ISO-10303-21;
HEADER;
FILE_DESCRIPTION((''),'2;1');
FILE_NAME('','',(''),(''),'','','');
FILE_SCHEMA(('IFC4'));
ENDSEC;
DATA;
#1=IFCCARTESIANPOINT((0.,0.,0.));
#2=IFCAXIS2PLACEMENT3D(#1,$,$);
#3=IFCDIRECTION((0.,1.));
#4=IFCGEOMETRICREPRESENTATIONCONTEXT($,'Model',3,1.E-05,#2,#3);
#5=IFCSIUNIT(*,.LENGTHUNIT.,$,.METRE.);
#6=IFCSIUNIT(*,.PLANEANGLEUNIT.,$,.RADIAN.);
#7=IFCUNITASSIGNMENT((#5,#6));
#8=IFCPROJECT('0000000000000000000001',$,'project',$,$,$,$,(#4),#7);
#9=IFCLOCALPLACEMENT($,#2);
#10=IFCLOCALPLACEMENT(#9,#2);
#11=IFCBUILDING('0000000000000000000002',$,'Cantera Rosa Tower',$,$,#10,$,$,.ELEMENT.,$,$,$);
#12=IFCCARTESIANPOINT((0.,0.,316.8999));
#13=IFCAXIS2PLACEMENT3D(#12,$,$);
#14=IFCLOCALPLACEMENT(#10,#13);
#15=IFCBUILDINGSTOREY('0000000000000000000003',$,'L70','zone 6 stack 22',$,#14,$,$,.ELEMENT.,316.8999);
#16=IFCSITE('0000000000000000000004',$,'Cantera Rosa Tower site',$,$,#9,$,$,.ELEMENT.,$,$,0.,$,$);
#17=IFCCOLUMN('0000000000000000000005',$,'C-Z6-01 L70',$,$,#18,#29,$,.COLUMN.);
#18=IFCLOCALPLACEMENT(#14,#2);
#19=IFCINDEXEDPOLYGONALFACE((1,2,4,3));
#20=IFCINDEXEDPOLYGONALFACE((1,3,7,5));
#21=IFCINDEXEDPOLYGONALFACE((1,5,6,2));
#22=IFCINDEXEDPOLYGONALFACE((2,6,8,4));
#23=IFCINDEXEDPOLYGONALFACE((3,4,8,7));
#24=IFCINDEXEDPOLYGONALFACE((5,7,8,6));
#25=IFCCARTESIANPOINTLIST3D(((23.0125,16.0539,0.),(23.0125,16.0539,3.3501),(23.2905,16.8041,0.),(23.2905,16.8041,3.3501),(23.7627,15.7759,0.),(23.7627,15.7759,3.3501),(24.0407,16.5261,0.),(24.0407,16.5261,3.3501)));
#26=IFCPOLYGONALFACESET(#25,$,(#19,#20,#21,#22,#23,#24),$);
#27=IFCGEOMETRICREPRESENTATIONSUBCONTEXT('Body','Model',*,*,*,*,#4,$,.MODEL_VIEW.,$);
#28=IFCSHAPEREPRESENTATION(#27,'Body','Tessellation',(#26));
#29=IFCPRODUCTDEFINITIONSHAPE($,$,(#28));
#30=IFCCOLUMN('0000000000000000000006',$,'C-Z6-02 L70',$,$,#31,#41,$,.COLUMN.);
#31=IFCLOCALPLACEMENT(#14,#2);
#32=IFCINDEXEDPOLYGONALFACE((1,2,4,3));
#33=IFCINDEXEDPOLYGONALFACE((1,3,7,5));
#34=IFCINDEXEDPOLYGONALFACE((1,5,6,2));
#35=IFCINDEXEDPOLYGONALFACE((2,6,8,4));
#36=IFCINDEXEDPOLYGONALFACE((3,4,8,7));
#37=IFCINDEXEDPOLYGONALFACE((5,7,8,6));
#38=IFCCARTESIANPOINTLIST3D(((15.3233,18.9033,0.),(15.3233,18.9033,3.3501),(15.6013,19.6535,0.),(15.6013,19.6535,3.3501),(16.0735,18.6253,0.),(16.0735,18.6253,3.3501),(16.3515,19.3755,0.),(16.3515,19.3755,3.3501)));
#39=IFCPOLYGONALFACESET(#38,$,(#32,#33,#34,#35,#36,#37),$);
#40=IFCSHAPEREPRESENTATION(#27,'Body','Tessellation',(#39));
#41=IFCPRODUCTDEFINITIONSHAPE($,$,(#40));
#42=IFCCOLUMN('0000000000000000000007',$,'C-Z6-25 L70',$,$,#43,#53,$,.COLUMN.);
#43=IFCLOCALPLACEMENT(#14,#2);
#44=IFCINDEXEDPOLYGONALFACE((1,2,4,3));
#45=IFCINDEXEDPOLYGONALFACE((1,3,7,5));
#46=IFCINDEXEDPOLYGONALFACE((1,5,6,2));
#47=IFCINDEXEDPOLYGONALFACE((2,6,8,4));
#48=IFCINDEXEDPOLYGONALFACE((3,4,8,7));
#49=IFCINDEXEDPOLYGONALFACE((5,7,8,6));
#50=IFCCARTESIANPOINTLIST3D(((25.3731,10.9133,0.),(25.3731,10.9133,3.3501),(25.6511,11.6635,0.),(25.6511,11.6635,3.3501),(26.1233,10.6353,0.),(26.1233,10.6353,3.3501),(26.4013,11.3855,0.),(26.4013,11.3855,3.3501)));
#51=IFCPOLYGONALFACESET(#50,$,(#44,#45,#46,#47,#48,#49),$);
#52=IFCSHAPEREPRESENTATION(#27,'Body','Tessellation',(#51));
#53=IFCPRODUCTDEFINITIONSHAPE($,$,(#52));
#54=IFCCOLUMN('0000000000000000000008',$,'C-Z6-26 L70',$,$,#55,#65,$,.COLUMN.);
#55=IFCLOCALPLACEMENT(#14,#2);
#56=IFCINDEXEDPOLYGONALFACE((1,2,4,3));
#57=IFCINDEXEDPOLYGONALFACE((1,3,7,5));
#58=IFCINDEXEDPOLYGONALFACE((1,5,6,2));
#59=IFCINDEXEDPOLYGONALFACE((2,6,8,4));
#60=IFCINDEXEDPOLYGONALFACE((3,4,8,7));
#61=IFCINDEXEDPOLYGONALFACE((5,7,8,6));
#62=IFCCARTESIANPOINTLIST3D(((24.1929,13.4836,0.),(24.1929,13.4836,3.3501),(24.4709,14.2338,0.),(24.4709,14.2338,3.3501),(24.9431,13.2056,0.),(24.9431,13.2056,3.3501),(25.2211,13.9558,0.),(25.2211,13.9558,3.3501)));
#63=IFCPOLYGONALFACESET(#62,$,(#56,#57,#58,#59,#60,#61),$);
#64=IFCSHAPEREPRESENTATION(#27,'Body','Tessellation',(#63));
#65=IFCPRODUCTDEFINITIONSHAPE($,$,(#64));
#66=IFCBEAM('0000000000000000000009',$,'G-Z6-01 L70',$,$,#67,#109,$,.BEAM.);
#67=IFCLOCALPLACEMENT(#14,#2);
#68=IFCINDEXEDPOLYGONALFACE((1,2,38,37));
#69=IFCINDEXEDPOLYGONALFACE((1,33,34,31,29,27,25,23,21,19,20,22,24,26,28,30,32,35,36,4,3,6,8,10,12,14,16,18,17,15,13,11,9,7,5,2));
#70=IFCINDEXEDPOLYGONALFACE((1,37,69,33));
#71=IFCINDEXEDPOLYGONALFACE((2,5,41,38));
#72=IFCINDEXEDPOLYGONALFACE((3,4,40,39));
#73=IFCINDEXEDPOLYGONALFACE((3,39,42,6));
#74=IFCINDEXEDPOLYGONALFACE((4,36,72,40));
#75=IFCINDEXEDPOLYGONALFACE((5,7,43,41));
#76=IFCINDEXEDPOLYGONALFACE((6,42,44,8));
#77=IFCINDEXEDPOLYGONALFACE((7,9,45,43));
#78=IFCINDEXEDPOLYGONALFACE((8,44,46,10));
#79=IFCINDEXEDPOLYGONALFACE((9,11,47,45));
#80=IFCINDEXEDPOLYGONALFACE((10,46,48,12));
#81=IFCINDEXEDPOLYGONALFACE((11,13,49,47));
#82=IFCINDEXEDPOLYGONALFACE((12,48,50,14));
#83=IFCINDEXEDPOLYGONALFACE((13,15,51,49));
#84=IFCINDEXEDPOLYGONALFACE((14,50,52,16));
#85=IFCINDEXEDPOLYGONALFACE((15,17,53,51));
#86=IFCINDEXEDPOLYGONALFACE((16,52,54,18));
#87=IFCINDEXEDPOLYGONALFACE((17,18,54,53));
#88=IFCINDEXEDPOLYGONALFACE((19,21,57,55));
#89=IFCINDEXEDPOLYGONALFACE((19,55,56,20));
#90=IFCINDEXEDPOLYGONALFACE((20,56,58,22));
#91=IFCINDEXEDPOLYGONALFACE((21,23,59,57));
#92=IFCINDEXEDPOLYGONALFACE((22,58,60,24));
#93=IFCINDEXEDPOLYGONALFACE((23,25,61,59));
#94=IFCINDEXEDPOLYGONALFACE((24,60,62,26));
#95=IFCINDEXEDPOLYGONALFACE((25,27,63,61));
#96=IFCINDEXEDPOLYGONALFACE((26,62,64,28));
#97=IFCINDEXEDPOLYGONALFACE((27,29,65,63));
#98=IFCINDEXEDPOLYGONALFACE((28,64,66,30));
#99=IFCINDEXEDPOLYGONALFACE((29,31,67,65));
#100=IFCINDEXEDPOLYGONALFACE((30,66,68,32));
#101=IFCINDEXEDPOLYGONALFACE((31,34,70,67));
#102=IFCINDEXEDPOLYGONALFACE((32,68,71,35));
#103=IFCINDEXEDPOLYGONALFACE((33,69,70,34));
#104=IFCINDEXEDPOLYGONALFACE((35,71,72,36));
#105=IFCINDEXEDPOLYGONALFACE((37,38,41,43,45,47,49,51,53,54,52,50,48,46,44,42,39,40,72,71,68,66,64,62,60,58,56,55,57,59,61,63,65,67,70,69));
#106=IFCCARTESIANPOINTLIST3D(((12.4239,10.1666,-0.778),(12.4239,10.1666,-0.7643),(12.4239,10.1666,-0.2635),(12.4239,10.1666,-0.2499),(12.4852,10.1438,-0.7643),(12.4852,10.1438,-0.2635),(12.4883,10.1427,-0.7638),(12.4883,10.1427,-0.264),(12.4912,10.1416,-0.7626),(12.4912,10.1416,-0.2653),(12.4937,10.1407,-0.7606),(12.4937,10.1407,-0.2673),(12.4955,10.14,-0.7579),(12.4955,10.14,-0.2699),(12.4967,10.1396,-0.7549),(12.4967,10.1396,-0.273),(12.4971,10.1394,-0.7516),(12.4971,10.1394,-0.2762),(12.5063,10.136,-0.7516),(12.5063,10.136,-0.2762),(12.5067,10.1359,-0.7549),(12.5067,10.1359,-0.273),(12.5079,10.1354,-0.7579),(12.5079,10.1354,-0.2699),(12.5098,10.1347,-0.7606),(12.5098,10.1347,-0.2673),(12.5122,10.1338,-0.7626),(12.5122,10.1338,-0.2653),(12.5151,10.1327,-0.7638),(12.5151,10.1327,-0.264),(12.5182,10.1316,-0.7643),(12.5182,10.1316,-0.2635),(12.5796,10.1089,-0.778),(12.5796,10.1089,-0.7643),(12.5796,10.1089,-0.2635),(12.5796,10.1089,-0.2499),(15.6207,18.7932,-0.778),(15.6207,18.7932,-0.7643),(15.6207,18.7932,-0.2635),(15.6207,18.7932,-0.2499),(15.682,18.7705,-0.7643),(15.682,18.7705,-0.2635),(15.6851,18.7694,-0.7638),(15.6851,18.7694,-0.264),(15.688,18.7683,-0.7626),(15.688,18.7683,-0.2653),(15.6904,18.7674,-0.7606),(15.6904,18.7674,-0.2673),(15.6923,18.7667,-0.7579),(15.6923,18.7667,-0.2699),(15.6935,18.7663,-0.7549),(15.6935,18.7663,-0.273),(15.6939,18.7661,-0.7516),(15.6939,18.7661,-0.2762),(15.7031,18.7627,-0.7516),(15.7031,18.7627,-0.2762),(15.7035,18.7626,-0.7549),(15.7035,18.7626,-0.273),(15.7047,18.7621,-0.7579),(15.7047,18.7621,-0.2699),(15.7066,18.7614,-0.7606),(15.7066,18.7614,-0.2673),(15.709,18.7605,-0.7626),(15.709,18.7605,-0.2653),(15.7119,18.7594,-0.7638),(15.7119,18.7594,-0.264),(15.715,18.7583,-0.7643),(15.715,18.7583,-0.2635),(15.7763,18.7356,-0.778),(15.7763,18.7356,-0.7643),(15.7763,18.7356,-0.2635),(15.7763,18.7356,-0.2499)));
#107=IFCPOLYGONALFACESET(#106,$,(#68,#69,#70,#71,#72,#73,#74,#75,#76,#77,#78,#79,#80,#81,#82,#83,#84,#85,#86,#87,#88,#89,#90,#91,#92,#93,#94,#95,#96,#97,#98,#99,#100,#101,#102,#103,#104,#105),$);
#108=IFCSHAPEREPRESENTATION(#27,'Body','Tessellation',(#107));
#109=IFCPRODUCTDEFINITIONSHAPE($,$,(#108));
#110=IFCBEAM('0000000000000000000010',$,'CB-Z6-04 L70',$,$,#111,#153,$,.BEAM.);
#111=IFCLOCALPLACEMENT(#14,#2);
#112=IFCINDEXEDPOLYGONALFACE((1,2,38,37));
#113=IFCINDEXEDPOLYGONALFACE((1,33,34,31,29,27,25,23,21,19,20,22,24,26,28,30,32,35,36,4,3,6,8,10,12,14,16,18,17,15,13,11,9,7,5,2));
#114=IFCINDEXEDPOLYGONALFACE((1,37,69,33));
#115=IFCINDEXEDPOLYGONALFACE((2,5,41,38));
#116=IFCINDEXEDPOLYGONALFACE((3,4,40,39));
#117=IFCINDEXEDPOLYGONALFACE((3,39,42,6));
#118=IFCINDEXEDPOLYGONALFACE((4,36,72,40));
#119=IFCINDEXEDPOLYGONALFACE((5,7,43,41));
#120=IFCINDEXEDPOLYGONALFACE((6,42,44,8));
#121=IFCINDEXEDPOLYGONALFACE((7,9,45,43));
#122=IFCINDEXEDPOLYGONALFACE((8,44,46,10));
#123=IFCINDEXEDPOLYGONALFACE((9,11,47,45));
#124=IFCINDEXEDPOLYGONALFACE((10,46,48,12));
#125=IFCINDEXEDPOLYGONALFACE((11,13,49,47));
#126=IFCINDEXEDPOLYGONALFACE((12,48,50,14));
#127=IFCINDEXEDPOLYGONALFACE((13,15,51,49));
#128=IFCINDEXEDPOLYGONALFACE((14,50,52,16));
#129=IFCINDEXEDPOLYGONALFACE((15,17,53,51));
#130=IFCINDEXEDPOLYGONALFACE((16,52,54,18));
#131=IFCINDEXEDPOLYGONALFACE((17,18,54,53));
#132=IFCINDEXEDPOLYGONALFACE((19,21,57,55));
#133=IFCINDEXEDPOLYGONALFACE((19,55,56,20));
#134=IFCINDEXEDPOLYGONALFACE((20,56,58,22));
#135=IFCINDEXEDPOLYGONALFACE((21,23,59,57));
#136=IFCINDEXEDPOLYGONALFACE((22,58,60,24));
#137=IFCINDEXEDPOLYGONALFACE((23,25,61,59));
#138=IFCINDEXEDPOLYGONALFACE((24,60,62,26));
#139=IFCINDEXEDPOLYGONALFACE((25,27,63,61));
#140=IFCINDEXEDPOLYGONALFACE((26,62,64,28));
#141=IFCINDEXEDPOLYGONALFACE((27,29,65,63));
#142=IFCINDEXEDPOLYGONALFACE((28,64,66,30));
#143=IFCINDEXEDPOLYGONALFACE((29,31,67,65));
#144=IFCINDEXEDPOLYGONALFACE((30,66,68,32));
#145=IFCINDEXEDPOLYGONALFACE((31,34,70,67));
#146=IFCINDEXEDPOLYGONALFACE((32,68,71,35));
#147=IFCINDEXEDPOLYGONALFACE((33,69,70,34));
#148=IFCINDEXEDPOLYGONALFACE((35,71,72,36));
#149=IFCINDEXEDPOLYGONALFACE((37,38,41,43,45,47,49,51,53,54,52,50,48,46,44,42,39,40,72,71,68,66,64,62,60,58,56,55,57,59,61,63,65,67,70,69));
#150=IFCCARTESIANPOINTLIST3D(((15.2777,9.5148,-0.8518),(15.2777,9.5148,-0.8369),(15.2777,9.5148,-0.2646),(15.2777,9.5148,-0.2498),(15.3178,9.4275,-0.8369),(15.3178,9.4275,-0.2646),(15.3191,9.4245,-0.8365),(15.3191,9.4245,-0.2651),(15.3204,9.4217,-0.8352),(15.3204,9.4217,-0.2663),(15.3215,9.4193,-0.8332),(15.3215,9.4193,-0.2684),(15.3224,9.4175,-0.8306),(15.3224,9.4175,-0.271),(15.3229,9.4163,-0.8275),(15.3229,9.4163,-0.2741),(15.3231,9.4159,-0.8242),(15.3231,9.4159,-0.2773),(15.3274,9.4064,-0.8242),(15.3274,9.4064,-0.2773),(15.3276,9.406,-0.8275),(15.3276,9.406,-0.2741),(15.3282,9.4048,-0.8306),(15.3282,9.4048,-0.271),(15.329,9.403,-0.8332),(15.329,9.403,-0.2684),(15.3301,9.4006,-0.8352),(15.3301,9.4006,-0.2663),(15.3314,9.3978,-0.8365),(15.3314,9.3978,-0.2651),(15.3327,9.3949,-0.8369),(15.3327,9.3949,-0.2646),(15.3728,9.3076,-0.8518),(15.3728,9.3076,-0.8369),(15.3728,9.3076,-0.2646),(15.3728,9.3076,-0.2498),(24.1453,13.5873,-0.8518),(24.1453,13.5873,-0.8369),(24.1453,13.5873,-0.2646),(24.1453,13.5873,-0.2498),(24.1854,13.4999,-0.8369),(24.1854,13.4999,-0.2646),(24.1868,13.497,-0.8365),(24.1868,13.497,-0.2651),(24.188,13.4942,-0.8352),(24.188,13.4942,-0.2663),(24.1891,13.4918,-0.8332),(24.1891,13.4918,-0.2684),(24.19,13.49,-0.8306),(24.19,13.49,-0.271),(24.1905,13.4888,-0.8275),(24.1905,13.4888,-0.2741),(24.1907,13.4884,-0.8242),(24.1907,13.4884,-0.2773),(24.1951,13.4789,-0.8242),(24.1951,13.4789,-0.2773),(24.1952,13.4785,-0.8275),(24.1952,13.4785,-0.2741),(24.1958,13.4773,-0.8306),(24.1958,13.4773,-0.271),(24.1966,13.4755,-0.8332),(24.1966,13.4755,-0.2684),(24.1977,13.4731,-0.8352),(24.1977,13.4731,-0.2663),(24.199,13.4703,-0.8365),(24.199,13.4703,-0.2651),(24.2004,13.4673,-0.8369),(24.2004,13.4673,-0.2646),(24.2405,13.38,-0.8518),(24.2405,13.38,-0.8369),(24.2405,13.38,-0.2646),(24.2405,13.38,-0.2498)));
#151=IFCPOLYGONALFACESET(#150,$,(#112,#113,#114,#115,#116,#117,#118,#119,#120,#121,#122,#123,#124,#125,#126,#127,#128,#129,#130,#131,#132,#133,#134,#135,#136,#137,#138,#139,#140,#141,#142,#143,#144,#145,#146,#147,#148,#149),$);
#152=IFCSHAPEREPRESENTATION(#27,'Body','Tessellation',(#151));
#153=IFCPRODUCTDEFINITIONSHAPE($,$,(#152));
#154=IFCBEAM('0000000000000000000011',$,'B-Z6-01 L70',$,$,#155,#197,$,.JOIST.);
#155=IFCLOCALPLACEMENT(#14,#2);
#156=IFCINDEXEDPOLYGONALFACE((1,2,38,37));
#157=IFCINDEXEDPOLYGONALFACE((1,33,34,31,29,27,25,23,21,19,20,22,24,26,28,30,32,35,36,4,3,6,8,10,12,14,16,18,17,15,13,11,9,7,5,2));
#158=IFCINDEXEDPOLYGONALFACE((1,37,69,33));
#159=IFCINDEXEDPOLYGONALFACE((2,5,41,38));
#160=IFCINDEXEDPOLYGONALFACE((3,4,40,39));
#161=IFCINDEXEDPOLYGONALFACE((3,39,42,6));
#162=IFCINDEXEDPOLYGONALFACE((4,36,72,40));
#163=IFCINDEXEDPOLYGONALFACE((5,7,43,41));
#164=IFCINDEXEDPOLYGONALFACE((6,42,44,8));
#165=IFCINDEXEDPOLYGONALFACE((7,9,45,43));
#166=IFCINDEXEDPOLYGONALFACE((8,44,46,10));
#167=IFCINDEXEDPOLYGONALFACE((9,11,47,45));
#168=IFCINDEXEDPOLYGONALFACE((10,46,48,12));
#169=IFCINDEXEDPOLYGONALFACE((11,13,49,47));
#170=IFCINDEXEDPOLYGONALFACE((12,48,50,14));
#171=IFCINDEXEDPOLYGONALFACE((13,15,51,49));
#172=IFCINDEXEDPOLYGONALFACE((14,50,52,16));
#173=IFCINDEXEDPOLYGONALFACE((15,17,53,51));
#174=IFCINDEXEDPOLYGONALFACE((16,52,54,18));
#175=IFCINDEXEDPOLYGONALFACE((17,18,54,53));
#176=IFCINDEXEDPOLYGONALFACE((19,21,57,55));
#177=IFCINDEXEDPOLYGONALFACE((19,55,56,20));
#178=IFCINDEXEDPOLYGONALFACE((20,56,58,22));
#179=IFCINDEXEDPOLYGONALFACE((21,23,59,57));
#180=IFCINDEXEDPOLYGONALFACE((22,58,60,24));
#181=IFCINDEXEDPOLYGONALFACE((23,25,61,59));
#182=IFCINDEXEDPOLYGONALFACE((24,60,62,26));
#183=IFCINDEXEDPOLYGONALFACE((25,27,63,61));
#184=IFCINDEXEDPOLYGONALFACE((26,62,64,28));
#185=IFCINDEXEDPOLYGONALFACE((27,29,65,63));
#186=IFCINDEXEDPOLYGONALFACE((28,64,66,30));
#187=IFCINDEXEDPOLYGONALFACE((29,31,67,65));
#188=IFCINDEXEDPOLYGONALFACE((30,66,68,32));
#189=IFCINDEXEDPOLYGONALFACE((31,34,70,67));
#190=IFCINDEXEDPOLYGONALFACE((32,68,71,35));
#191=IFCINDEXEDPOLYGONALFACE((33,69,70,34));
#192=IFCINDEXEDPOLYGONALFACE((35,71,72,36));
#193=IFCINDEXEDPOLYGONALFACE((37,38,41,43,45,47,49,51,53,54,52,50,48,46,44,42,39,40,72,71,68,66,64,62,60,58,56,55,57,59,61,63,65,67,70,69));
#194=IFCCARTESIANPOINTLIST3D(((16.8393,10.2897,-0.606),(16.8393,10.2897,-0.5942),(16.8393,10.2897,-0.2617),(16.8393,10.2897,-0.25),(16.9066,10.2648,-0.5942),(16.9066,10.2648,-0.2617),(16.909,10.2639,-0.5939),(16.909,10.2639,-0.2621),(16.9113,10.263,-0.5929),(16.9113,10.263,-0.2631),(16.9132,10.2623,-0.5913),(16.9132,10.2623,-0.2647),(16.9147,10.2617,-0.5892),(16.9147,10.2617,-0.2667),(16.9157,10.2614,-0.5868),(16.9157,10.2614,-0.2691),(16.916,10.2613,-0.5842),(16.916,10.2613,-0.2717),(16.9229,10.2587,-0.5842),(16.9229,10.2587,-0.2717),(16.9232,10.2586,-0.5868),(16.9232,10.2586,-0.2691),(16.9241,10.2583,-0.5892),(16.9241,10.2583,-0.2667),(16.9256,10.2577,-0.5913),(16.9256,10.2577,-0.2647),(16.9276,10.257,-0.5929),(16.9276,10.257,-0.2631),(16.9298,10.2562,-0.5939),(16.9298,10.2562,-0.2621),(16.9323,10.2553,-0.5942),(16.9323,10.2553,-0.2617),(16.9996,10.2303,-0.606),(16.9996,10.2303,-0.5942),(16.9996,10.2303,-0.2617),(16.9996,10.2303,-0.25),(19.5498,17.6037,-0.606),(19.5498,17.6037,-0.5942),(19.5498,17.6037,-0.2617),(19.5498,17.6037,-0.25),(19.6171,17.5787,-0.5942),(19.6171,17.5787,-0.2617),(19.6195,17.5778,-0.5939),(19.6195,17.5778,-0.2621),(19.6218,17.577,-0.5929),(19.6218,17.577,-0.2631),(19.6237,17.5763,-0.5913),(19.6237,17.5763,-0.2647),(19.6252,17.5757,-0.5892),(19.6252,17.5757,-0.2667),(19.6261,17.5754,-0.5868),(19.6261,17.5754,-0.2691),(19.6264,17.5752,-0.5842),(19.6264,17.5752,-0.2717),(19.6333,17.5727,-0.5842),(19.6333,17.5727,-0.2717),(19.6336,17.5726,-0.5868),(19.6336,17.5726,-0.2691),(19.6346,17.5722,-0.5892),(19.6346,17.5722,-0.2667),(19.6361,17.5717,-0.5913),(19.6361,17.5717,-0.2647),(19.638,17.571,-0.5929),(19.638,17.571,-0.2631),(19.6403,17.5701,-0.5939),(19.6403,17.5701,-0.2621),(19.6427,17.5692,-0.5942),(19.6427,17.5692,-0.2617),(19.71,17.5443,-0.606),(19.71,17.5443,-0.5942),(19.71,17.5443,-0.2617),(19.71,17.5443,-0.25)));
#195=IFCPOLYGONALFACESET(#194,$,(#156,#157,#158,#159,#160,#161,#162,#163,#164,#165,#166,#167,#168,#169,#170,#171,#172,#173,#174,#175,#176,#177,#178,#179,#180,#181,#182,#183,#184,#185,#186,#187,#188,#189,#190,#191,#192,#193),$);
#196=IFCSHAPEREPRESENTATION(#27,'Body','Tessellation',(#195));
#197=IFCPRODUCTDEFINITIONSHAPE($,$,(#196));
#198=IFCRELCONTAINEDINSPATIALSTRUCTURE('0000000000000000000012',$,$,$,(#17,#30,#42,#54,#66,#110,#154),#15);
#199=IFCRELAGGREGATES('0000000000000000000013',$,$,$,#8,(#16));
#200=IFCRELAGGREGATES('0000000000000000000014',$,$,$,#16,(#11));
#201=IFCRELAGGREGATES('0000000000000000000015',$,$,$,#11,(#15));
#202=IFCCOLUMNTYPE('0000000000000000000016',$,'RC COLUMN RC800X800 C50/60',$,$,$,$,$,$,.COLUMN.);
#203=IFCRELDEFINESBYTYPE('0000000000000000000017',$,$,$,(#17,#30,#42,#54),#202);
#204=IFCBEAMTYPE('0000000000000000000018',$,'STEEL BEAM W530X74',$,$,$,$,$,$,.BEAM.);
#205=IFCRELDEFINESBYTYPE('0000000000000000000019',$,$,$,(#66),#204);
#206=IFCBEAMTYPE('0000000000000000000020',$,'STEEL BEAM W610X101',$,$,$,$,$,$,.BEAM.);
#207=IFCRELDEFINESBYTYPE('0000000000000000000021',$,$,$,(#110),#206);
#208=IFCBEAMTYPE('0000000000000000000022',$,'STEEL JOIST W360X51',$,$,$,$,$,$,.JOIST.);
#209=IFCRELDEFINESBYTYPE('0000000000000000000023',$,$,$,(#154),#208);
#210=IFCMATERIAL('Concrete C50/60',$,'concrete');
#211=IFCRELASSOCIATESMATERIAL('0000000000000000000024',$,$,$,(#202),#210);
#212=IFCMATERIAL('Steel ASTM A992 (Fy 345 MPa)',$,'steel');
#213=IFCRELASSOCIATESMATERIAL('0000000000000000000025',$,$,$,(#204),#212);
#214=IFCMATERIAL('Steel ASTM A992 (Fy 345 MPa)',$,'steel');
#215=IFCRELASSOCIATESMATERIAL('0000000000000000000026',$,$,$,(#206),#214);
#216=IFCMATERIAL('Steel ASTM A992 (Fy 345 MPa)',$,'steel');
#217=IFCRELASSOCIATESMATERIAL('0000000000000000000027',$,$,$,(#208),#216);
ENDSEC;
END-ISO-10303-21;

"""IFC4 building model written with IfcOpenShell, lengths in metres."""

from ifc_helpers import new_model, si_unit, direction, frame, origin, origin_2d, place, context, subcontext, project, spatial, rectangle, i_section, extrude, material, material_profile, profile_set, type_object, element, save


model = new_model("IFC4")

# Units and contexts
model_context = context("Model", 3, precision=1e-05, world=origin(), true_north=direction((0.0, 1.0)))
body_context = subcontext(model_context, "Body", "Model", "MODEL_VIEW")
ifc_project = project(units=[si_unit("LENGTHUNIT", "METRE"), si_unit("PLANEANGLEUNIT", "RADIAN")], contexts=[model_context])

# Site, building, storey
site_placement = place(None, origin())
site = spatial("IfcSite", under=ifc_project, at=site_placement, Name="Cantera Rosa Tower site", CompositionType="ELEMENT", RefElevation=0.0)
building_placement = place(site_placement, origin())
building = spatial("IfcBuilding", under=site, at=building_placement, Name="Cantera Rosa Tower", CompositionType="ELEMENT")
storey_placement = place(building_placement, frame((0.0, 0.0, 316.8999)))
storey = spatial("IfcBuildingStorey", under=building, at=storey_placement, Name="L70", Description="zone 6 stack 22", CompositionType="ELEMENT", Elevation=316.8999)

# Columns
ifc_material_1 = material(Name="Concrete C50/60", Category="concrete")
ifc_material_profile_1 = material_profile(ifc_material_1, rectangle(XDim=0.8, YDim=0.8, at=origin_2d()), Name="RC COLUMN RC800X800 C50/60")
ifc_profile_set_1 = profile_set([ifc_material_profile_1], Name="Concrete C50/60")
column_type = type_object("IfcColumnType", Name="RC COLUMN RC800X800 C50/60", PredefinedType="COLUMN", material=ifc_profile_set_1)
for number, where, z_axis, x_axis, name in (
    (1, (23.5266, 16.29, 0.0), (0.0, 0.0, 1.0), (0.347481, 0.937687, 0.0), "C-Z6-01 L70"),
    (2, (15.8374, 19.1394, 0.0), (0.0, 0.0, 1.0), (0.347481, 0.937687, 0.0), "C-Z6-02 L70"),
    (3, (25.8872, 11.1494, 0.0), (0.0, 0.0, 1.0), (0.347481, 0.937687, 0.0), "C-Z6-25 L70"),
    (4, (24.707, 13.7197, 0.0), (0.0, 0.0, 1.0), (0.347481, 0.937687, 0.0), "C-Z6-26 L70"),
):
    element("IfcColumn", number, at=place(storey_placement, frame(where, z_axis=z_axis, x_axis=x_axis)), inside=storey, type_object=column_type, Name=name, PredefinedType="COLUMN", context=body_context, shape_type="SweptSolid", body=[
        extrude(rectangle(XDim=0.8, YDim=0.8, at=origin_2d()), origin(), (0.0, 0.0, 1.0), 3.3501),
    ])

# Beams
ifc_material_2 = material(Name="Steel ASTM A992 (Fy 345 MPa)", Category="steel")
ifc_material_profile_2 = material_profile(ifc_material_2, i_section(OverallWidth=0.166, OverallDepth=0.5281, WebThickness=0.0098, FlangeThickness=0.0137, FilletRadius=0.0127, at=origin_2d()), Name="W530X74")
ifc_profile_set_2 = profile_set([ifc_material_profile_2], Name="Steel ASTM A992 (Fy 345 MPa)")
beam_type_1 = type_object("IfcBeamType", Name="STEEL BEAM W530X74", PredefinedType="BEAM", material=ifc_profile_set_2)
beam_1_placement = place(storey_placement, frame((15.6985, 18.7644, -0.5139), z_axis=(-0.347477, -0.937689, 0.0), x_axis=(0.937689, -0.347477, 0.0)))
element("IfcBeam", 5, at=beam_1_placement, inside=storey, type_object=beam_type_1, Name="G-Z6-01 L70", PredefinedType="BEAM", context=body_context, shape_type="SweptSolid", body=[
    extrude(i_section(OverallWidth=0.166, OverallDepth=0.5281, WebThickness=0.0098, FlangeThickness=0.0137, FilletRadius=0.0127, at=origin_2d()), origin(), (0.0, 0.0, 1.0), 9.2),
])
ifc_material_3 = material(Name="Steel ASTM A992 (Fy 345 MPa)", Category="steel")
ifc_material_profile_3 = material_profile(ifc_material_3, i_section(OverallWidth=0.228, OverallDepth=0.6021, WebThickness=0.0105, FlangeThickness=0.0149, FilletRadius=0.0127, at=origin_2d()), Name="W610X101")
ifc_profile_set_3 = profile_set([ifc_material_profile_3], Name="Steel ASTM A992 (Fy 345 MPa)")
beam_type_2 = type_object("IfcBeamType", Name="STEEL BEAM W610X101", PredefinedType="BEAM", material=ifc_profile_set_3)
beam_2_placement = place(storey_placement, frame((24.1929, 13.4836, -0.5508), z_axis=(-0.908748, -0.417346, 0.0), x_axis=(0.417346, -0.908748, 0.0)))
element("IfcBeam", 6, at=beam_2_placement, inside=storey, type_object=beam_type_2, Name="CB-Z6-04 L70", PredefinedType="BEAM", context=body_context, shape_type="SweptSolid", body=[
    extrude(i_section(OverallWidth=0.228, OverallDepth=0.6021, WebThickness=0.0105, FlangeThickness=0.0149, FilletRadius=0.0127, at=origin_2d()), origin(), (0.0, 0.0, 1.0), 9.7581),
])
ifc_material_4 = material(Name="Steel ASTM A992 (Fy 345 MPa)", Category="steel")
ifc_material_profile_4 = material_profile(ifc_material_4, i_section(OverallWidth=0.1709, OverallDepth=0.356, WebThickness=0.0073, FlangeThickness=0.0117, FilletRadius=0.01, at=origin_2d()), Name="W360X51")
ifc_profile_set_4 = profile_set([ifc_material_profile_4], Name="Steel ASTM A992 (Fy 345 MPa)")
beam_type_3 = type_object("IfcBeamType", Name="STEEL JOIST W360X51", PredefinedType="JOIST", material=ifc_profile_set_4)
beam_3_placement = place(storey_placement, frame((19.6299, 17.574, -0.428), z_axis=(-0.347492, -0.937683, 0.0), x_axis=(0.937683, -0.347492, 0.0)))
element("IfcBeam", 7, at=beam_3_placement, inside=storey, type_object=beam_type_3, Name="B-Z6-01 L70", PredefinedType="JOIST", context=body_context, shape_type="SweptSolid", body=[
    extrude(i_section(OverallWidth=0.1709, OverallDepth=0.356, WebThickness=0.0073, FlangeThickness=0.0117, FilletRadius=0.01, at=origin_2d()), origin(), (0.0, 0.0, 1.0), 7.8),
])

save(model, "model.ifc")
